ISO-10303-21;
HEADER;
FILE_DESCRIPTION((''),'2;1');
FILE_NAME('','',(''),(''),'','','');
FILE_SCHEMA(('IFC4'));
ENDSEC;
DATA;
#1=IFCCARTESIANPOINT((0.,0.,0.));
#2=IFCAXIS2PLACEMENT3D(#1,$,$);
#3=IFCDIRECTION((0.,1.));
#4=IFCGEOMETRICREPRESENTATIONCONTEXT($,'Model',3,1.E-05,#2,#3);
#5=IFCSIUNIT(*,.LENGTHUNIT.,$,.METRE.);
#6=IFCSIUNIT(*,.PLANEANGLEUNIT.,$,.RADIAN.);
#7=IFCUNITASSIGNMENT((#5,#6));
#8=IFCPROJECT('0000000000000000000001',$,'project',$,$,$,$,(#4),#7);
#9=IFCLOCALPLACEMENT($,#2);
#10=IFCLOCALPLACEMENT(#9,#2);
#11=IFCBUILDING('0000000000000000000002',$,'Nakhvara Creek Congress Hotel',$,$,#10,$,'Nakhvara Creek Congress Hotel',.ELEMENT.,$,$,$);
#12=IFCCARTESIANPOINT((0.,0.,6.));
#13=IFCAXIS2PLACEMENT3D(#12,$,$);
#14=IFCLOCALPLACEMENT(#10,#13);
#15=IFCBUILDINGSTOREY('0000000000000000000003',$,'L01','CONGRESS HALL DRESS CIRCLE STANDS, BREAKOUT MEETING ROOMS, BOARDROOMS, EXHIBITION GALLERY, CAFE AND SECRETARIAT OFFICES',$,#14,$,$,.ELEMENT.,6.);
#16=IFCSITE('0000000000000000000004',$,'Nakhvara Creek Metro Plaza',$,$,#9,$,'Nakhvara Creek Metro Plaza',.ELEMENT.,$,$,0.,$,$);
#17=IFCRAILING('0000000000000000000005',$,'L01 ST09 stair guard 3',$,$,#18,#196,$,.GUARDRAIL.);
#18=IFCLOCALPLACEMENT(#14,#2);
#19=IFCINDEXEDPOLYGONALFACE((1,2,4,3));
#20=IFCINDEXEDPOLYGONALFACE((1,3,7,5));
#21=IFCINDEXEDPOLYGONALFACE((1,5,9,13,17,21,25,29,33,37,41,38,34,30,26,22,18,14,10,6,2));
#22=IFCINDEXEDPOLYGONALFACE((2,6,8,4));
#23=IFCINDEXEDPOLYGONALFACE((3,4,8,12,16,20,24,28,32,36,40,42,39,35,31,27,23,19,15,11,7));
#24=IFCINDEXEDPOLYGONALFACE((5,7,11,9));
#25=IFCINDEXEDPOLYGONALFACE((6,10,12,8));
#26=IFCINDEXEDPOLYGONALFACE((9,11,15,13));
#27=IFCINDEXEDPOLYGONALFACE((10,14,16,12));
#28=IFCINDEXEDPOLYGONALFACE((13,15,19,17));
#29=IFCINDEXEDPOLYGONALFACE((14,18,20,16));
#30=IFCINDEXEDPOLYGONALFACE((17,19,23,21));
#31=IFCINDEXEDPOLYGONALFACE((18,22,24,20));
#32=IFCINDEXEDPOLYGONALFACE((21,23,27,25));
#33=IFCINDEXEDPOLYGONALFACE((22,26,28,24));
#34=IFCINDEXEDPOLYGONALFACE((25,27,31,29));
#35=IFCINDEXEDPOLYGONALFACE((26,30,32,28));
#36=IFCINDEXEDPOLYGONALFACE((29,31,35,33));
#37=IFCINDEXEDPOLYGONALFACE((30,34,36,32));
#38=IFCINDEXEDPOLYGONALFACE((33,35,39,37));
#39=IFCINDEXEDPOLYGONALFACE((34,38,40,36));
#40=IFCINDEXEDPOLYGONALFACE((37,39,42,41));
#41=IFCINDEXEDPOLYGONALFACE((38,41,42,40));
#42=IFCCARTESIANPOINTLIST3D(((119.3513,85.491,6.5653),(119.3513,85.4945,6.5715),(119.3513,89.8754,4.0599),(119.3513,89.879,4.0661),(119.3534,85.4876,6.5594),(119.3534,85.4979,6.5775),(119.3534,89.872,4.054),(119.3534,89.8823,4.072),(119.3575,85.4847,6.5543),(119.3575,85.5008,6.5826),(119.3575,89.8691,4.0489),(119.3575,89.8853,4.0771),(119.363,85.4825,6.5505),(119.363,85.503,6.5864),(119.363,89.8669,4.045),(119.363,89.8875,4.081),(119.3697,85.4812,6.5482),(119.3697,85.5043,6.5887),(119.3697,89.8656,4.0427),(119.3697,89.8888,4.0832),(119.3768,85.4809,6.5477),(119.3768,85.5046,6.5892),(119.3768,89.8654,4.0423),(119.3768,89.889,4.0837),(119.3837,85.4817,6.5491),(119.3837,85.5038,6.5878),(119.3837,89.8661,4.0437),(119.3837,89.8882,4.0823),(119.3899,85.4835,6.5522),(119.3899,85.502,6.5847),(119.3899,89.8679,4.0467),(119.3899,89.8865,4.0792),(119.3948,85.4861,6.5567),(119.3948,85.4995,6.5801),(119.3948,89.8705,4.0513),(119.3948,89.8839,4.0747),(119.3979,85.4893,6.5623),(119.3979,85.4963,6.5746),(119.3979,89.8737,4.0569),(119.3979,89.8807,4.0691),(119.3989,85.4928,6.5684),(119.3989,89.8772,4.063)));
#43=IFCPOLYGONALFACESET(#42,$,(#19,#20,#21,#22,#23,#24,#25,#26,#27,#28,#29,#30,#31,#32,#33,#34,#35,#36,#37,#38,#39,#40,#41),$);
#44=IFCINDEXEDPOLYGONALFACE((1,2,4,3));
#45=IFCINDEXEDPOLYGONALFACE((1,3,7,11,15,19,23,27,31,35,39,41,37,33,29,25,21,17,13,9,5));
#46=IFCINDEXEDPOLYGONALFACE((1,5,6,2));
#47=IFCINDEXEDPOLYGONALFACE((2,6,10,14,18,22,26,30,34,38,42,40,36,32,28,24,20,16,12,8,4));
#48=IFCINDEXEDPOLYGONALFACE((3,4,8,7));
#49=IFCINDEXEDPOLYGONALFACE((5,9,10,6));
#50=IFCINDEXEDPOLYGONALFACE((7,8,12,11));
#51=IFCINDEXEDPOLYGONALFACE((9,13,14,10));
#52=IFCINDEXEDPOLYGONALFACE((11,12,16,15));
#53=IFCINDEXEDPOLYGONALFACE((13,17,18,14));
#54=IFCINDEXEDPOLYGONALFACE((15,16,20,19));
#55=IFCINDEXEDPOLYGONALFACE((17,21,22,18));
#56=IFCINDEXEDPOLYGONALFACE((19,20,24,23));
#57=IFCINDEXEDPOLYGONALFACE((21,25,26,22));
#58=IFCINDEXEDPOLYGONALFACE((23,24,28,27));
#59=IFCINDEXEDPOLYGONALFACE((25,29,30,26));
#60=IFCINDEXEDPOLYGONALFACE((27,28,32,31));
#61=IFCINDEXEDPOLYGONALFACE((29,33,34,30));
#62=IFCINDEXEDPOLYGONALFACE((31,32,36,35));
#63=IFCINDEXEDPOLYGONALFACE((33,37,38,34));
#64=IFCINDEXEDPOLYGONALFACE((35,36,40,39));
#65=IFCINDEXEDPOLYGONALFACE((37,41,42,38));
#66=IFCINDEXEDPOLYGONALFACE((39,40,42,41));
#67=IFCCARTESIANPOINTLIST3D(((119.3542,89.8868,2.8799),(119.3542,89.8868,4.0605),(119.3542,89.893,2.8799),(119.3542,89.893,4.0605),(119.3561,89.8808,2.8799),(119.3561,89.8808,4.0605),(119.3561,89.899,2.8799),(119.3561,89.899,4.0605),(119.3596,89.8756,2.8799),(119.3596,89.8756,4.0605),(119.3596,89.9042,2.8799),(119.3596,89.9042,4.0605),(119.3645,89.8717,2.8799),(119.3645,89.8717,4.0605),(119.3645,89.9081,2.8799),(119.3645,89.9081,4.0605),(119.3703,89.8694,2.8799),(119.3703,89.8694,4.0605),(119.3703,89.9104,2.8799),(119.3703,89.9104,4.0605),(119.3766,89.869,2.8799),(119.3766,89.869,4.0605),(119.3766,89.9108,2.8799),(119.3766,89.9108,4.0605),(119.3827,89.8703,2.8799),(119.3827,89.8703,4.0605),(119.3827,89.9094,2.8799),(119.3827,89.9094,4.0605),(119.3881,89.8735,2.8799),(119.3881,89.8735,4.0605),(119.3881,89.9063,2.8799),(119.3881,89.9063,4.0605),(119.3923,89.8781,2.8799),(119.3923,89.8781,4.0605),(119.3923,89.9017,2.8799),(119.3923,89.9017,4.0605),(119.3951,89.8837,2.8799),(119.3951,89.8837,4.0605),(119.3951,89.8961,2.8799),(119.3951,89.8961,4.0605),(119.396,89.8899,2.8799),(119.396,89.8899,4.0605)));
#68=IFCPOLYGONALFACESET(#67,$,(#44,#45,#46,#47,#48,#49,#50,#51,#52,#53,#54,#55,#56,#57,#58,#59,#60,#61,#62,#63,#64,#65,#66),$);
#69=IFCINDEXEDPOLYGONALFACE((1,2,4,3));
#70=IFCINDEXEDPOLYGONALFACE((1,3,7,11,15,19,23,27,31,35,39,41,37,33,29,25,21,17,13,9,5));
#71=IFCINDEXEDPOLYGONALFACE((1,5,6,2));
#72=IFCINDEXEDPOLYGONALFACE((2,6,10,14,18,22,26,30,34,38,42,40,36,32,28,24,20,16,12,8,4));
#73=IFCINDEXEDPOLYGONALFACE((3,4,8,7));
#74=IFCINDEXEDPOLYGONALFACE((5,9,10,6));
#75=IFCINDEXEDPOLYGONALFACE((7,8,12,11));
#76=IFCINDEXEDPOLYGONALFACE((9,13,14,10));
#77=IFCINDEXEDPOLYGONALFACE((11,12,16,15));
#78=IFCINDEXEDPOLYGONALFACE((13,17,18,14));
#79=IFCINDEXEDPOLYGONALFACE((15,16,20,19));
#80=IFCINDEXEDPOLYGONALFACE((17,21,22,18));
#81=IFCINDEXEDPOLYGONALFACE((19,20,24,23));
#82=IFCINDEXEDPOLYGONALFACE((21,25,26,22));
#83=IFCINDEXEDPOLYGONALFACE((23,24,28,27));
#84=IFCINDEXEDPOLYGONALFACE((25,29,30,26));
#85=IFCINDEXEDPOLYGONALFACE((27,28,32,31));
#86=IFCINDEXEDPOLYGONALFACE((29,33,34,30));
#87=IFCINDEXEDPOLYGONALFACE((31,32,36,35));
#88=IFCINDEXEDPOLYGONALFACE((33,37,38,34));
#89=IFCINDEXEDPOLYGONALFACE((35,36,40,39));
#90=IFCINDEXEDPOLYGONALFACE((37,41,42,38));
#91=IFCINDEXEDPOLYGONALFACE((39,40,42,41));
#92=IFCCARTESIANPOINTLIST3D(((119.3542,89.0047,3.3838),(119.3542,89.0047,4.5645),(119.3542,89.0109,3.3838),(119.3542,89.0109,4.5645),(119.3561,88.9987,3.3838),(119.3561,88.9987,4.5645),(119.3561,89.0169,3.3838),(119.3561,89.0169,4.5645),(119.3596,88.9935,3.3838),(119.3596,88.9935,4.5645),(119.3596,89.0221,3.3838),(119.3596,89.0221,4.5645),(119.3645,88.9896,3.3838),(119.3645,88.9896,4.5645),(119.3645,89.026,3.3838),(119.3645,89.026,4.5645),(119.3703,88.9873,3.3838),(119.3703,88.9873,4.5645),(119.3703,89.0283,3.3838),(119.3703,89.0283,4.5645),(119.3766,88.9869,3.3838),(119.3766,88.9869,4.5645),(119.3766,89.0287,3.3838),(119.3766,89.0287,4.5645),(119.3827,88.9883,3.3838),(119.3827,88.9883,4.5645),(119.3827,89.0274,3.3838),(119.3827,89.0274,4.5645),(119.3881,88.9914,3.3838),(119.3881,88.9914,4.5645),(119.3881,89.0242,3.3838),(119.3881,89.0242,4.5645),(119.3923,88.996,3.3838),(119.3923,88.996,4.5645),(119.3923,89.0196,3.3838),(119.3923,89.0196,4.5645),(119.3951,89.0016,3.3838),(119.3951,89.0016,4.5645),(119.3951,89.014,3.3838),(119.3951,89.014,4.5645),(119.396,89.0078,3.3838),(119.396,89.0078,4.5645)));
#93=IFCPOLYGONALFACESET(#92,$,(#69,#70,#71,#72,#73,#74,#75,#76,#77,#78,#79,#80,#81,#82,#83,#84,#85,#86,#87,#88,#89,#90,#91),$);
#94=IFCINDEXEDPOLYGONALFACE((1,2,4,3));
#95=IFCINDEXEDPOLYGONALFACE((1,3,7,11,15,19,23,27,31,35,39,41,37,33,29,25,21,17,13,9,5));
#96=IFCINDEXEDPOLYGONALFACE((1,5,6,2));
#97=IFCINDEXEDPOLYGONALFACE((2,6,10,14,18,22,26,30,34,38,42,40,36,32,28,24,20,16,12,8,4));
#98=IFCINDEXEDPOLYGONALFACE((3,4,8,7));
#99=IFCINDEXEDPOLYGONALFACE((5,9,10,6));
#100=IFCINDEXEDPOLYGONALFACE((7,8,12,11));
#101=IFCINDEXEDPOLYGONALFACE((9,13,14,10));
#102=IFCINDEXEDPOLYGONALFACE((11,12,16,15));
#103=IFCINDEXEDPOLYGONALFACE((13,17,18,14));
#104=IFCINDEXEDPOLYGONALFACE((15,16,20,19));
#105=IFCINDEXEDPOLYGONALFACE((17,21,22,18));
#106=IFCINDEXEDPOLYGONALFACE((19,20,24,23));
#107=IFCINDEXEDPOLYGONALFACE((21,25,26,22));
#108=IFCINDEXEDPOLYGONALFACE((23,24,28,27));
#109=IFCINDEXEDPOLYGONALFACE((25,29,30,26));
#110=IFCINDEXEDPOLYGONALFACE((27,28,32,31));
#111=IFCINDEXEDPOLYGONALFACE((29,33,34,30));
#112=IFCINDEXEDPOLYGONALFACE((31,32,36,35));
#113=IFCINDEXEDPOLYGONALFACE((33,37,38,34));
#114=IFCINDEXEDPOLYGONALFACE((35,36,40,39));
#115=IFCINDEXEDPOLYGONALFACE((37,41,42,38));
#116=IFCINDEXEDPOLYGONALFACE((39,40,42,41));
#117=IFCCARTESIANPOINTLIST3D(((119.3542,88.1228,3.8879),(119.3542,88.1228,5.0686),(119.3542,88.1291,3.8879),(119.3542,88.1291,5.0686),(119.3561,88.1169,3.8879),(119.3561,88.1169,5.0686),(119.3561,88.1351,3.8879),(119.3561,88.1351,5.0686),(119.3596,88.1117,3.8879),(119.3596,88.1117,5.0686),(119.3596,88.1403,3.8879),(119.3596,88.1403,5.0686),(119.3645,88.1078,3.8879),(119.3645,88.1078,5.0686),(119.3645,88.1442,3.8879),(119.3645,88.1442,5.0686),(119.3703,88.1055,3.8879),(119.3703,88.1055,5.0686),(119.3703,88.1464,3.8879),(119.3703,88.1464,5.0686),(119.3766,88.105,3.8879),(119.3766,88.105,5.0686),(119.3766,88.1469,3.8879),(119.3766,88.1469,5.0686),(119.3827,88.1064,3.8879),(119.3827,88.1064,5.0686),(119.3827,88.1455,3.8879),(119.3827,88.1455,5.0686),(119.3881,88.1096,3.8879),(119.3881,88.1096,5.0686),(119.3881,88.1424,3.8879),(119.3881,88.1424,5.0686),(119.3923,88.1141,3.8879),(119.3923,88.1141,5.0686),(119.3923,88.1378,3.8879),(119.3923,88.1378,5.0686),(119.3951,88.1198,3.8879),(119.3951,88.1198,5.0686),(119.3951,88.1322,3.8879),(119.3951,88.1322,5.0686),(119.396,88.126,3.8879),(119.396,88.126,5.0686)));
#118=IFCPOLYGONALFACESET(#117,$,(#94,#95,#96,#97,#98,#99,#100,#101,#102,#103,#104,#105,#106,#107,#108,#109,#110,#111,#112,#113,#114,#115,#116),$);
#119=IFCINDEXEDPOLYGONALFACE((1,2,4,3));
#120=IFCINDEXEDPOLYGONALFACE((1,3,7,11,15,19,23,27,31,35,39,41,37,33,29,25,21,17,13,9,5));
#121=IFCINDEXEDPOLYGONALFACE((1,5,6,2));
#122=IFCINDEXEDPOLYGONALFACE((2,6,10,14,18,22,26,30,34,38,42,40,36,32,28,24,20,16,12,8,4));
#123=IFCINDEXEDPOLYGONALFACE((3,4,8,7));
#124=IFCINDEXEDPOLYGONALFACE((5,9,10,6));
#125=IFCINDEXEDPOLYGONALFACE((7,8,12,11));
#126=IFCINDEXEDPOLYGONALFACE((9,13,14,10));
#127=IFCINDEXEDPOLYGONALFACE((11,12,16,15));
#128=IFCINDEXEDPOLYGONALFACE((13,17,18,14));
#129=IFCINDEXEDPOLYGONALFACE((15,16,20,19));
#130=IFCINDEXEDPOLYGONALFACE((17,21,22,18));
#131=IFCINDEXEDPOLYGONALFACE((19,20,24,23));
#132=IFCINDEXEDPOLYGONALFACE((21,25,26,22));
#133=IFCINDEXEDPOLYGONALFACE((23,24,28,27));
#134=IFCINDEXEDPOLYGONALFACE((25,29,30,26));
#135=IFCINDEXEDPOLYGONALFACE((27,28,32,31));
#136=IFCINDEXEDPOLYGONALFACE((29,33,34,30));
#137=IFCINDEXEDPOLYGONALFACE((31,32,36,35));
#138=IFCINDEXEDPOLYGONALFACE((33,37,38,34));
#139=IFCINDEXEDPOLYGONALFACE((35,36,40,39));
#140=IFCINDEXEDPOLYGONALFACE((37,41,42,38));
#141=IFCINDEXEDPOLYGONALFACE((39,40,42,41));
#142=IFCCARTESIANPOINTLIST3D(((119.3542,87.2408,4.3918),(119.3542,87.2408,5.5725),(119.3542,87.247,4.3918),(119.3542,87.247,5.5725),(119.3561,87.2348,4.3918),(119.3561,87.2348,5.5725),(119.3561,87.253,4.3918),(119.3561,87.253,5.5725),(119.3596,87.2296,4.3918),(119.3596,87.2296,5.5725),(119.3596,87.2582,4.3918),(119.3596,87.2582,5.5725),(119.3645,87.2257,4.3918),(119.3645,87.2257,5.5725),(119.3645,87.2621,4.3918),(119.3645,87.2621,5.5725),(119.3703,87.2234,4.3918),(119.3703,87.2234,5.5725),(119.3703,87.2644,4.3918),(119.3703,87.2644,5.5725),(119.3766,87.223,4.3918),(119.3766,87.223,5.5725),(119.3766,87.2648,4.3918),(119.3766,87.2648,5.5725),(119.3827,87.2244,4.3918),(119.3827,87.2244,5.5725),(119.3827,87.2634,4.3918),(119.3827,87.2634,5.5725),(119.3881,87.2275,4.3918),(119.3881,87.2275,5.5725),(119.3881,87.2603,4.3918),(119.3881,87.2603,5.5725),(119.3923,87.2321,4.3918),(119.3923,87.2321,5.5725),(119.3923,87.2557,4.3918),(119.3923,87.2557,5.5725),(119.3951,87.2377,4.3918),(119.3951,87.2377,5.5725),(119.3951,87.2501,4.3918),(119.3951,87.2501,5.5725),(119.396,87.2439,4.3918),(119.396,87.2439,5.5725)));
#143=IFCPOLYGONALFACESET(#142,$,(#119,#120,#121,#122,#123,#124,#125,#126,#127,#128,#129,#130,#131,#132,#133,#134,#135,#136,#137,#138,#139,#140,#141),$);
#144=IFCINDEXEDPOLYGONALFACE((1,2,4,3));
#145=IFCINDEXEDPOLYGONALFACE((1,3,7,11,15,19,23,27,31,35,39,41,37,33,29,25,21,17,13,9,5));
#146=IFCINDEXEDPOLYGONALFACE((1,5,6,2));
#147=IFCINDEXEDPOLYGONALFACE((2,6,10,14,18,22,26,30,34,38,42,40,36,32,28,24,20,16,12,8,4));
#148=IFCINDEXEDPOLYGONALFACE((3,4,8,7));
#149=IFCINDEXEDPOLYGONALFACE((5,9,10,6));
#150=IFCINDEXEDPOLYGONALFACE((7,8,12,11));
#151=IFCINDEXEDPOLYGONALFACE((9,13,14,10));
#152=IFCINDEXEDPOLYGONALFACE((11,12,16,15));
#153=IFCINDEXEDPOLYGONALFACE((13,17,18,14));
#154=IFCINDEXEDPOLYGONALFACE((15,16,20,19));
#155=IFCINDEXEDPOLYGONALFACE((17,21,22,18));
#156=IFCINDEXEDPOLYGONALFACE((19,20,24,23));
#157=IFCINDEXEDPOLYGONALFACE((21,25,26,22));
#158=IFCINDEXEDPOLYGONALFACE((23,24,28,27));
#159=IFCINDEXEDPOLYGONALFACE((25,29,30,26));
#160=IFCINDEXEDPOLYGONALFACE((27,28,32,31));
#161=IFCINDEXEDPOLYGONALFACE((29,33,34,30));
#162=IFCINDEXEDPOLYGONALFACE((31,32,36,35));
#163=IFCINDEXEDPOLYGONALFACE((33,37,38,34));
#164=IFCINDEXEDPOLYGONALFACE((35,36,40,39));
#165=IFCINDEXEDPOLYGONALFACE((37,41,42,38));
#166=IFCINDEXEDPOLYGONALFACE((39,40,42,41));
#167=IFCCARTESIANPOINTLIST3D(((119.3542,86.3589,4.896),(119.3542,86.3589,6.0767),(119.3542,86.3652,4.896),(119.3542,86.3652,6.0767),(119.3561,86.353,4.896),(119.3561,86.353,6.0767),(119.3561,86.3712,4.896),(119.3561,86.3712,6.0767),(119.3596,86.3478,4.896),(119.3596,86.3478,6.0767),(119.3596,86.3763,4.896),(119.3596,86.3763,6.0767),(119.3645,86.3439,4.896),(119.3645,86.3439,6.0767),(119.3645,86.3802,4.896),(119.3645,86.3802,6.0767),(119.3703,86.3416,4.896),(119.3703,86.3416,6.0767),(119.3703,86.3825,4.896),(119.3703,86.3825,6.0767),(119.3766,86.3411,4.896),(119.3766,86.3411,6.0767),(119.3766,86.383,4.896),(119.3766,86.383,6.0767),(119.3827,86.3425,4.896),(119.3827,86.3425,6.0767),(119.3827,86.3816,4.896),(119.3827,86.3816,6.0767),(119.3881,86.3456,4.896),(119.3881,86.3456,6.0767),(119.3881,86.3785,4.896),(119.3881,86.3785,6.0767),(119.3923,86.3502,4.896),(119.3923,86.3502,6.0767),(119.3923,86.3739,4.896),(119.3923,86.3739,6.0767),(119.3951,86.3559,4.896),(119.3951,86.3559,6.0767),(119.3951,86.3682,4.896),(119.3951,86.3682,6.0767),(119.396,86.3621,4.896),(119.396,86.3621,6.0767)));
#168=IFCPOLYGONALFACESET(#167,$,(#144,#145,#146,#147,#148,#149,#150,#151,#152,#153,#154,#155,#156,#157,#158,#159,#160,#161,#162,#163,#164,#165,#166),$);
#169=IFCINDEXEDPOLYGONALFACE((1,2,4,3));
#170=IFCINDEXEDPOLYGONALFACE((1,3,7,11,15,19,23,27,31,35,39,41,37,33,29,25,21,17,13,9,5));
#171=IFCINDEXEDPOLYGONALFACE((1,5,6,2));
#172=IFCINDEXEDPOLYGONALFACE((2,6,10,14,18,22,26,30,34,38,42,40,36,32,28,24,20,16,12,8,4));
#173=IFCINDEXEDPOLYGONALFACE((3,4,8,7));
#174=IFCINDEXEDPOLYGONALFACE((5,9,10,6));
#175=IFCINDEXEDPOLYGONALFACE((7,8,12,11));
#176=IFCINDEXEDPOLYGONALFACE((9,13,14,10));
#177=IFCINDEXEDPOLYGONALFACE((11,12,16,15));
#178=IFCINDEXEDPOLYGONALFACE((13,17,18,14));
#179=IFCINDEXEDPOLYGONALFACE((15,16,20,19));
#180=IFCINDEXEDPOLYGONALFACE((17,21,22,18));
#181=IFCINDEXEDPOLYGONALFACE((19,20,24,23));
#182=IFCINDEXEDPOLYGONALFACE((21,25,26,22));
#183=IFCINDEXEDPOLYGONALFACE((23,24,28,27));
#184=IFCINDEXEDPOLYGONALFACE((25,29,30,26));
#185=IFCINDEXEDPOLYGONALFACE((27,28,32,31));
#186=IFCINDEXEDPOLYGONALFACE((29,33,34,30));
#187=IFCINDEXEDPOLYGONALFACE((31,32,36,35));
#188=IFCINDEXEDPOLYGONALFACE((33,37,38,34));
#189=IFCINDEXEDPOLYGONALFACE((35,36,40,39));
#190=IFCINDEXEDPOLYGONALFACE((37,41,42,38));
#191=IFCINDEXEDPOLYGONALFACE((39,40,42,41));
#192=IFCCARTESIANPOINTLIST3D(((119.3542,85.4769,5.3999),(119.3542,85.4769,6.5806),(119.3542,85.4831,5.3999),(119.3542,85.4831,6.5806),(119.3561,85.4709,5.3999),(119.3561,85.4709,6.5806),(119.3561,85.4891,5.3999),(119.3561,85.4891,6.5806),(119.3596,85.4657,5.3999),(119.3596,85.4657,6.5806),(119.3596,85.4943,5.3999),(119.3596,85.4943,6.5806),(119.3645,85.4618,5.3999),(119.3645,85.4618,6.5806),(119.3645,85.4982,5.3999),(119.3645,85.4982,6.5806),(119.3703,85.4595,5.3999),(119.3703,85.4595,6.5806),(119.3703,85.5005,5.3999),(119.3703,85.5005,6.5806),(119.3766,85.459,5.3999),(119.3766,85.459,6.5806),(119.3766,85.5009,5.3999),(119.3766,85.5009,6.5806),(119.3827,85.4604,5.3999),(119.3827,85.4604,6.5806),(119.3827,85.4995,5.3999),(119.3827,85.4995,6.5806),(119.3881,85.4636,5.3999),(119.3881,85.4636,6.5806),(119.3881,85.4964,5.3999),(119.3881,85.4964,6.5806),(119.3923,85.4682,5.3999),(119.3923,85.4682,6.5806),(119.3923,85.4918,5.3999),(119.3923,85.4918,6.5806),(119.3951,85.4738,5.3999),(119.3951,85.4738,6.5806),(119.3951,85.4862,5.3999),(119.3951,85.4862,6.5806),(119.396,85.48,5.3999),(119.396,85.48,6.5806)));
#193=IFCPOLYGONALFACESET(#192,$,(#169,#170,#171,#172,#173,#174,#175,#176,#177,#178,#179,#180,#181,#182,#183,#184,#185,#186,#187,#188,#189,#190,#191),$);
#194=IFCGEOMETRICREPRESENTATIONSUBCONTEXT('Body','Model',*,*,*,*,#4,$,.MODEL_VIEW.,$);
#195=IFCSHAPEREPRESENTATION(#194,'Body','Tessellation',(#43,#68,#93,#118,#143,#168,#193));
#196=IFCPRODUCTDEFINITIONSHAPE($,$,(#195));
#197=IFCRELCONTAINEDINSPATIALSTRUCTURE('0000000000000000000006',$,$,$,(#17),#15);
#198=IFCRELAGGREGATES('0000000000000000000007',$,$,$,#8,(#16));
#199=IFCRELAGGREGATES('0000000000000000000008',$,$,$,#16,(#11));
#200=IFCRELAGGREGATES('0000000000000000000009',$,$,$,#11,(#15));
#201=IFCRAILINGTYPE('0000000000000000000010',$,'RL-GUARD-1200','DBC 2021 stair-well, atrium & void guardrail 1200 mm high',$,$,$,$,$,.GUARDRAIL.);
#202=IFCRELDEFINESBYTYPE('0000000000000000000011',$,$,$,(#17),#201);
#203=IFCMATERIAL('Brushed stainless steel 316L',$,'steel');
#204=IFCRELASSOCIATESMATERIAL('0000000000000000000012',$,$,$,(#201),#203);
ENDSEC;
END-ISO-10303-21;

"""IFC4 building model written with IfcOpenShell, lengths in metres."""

from ifc_helpers import new_model, si_unit, direction, frame, origin, origin_2d, place, context, subcontext, project, spatial, circle, extrude, material, type_object, element, save


model = new_model("IFC4")

# Units and contexts
model_context = context("Model", 3, precision=1e-05, world=origin(), true_north=direction((0.0, 1.0)))
body_context = subcontext(model_context, "Body", "Model", "MODEL_VIEW")
ifc_project = project(units=[si_unit("LENGTHUNIT", "METRE"), si_unit("PLANEANGLEUNIT", "RADIAN")], contexts=[model_context])

# Site, building, storey
site_placement = place(None, origin())
site = spatial("IfcSite", under=ifc_project, at=site_placement, Name="Nakhvara Creek Metro Plaza", LongName="Nakhvara Creek Metro Plaza", CompositionType="ELEMENT", RefElevation=0.0)
building_placement = place(site_placement, origin())
building = spatial("IfcBuilding", under=site, at=building_placement, Name="Nakhvara Creek Congress Hotel", LongName="Nakhvara Creek Congress Hotel", CompositionType="ELEMENT")
storey_placement = place(building_placement, frame((0.0, 0.0, 6.0)))
storey = spatial("IfcBuildingStorey", under=building, at=storey_placement, Name="L01", Description="CONGRESS HALL DRESS CIRCLE STANDS, BREAKOUT MEETING ROOMS, BOARDROOMS, EXHIBITION GALLERY, CAFE AND SECRETARIAT OFFICES", CompositionType="ELEMENT", Elevation=6.0)

# Railing
ifc_material_1 = material(Name="Brushed stainless steel 316L", Category="steel")
railing_type_1 = type_object("IfcRailingType", Name="RL-GUARD-1200", Description="DBC 2021 stair-well, atrium & void guardrail 1200 mm high", PredefinedType="GUARDRAIL", material=ifc_material_1)
railing_1_placement = place(storey_placement, frame((119.375, 89.8899, 2.8799)))
element("IfcRailing", 1, at=railing_1_placement, inside=storey, type_object=railing_type_1, Name="L01 ST09 stair guard 3", PredefinedType="GUARDRAIL", context=body_context, shape_type="SweptSolid", body=[
    extrude(circle(Radius=0.0239, at=origin_2d()), frame((0.0, -0.0127, 1.1831), z_axis=(0.0, -0.868237, 0.496149), x_axis=(1.0, 0.0, 0.0)), (0.0, 0.0, 1.0), 5.0498),
    extrude(circle(Radius=0.021, at=origin_2d()), origin(), (0.0, 0.0, 1.0), 1.1807),
    extrude(circle(Radius=0.021, at=origin_2d()), frame((0.0, -0.8821, 0.5039)), (0.0, 0.0, 1.0), 1.1807),
    extrude(circle(Radius=0.021, at=origin_2d()), frame((0.0, -1.7639, 1.0081)), (0.0, 0.0, 1.0), 1.1807),
    extrude(circle(Radius=0.021, at=origin_2d()), frame((0.0, -2.646, 1.512)), (0.0, 0.0, 1.0), 1.1807),
    extrude(circle(Radius=0.021, at=origin_2d()), frame((0.0, -3.5278, 2.0161)), (0.0, 0.0, 1.0), 1.1807),
    extrude(circle(Radius=0.021, at=origin_2d()), frame((0.0, -4.4099, 2.52)), (0.0, 0.0, 1.0), 1.1807),
])

save(model, "model.ifc")
